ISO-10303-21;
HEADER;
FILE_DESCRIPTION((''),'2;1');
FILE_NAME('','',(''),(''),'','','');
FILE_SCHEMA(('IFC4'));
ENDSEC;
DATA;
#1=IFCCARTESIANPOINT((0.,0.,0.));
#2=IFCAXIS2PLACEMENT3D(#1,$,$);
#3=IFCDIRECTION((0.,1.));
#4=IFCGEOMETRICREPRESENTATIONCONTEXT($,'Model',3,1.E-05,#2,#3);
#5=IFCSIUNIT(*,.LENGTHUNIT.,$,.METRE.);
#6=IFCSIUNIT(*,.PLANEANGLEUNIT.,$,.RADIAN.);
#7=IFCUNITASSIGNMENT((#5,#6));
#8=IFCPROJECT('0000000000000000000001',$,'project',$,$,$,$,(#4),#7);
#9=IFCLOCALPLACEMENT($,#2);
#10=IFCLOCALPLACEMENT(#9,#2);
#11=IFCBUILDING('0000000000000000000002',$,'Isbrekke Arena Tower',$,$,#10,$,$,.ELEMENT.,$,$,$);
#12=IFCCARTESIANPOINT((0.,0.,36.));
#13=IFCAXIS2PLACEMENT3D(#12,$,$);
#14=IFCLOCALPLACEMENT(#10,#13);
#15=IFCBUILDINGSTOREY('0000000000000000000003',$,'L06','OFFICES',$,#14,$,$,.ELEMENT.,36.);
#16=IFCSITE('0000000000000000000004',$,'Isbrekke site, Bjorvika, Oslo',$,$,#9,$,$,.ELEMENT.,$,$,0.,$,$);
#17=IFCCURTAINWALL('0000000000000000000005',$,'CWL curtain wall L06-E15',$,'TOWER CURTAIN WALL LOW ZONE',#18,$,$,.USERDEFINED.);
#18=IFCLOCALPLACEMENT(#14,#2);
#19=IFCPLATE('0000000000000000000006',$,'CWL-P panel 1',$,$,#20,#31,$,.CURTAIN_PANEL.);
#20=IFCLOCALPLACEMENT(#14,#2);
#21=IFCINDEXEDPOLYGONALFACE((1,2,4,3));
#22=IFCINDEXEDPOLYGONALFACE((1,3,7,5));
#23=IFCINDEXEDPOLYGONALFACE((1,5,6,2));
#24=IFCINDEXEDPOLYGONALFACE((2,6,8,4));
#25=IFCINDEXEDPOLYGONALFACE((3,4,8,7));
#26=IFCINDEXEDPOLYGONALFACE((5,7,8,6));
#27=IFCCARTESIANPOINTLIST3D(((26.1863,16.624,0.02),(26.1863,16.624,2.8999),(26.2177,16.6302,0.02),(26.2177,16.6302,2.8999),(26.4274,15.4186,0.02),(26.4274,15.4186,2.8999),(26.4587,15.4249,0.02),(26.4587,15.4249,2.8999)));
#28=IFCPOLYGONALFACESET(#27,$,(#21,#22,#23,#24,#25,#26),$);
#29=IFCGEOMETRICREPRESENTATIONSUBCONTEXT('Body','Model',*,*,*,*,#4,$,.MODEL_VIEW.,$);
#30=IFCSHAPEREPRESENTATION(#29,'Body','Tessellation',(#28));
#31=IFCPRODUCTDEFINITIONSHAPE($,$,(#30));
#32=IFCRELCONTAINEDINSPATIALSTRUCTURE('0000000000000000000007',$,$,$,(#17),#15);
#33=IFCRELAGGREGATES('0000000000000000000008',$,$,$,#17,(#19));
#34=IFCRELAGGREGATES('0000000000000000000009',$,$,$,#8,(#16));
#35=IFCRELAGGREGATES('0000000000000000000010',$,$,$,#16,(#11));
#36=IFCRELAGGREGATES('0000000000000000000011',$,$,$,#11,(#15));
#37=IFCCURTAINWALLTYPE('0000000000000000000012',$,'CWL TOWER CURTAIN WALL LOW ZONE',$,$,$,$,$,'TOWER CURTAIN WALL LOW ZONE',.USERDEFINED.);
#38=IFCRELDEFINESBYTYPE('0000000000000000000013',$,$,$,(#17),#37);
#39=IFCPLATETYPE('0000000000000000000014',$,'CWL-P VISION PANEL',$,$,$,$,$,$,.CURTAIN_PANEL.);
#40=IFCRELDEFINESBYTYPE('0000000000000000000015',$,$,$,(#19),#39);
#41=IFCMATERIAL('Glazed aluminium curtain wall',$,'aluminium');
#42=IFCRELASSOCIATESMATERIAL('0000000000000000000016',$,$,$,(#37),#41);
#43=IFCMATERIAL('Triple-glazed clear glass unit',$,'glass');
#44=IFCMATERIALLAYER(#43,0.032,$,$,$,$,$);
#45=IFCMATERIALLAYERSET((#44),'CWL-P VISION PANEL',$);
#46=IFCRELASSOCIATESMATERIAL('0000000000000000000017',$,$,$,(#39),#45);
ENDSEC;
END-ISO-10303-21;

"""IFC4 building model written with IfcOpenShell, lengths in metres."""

from ifc_helpers import new_model, si_unit, direction, frame, origin, origin_2d, place, context, subcontext, project, spatial, rectangle, extrude, material, layer, layer_set, type_object, element, aggregate, save


model = new_model("IFC4")

# Units and contexts
model_context = context("Model", 3, precision=1e-05, world=origin(), true_north=direction((0.0, 1.0)))
body_context = subcontext(model_context, "Body", "Model", "MODEL_VIEW")
ifc_project = project(units=[si_unit("LENGTHUNIT", "METRE"), si_unit("PLANEANGLEUNIT", "RADIAN")], contexts=[model_context])

# Site, building, storey
site_placement = place(None, origin())
site = spatial("IfcSite", under=ifc_project, at=site_placement, Name="Isbrekke site, Bjorvika, Oslo", CompositionType="ELEMENT", RefElevation=0.0)
building_placement = place(site_placement, origin())
building = spatial("IfcBuilding", under=site, at=building_placement, Name="Isbrekke Arena Tower", CompositionType="ELEMENT")
storey_placement = place(building_placement, frame((0.0, 0.0, 36.0)))
storey = spatial("IfcBuildingStorey", under=building, at=storey_placement, Name="L06", Description="OFFICES", CompositionType="ELEMENT", Elevation=36.0)

# Shared definitions
ifc_material_1 = material(Name="Glazed aluminium curtain wall", Category="aluminium")
curtain_wall_type = type_object("IfcCurtainWallType", Name="CWL TOWER CURTAIN WALL LOW ZONE", ElementType="TOWER CURTAIN WALL LOW ZONE", PredefinedType="USERDEFINED", material=ifc_material_1)

# Curtain wall
curtain_wall_1_placement = place(storey_placement, origin())
curtain_wall_1 = element("IfcCurtainWall", 1, at=curtain_wall_1_placement, inside=storey, type_object=curtain_wall_type, Name="CWL curtain wall L06-E15", ObjectType="TOWER CURTAIN WALL LOW ZONE", PredefinedType="USERDEFINED")

# Plate
ifc_material_2 = material(Name="Triple-glazed clear glass unit", Category="glass")
ifc_layer = layer(ifc_material_2, 0.032)
ifc_layer_set = layer_set([ifc_layer], Name="CWL-P VISION PANEL")
plate_type = type_object("IfcPlateType", Name="CWL-P VISION PANEL", PredefinedType="CURTAIN_PANEL", material=ifc_layer_set)
plate_1_placement = place(storey_placement, frame((26.3225, 16.0244, 0.02), z_axis=(0.0, 0.0, 1.0), x_axis=(-0.196116, 0.980581, 0.0)))
plate_1 = element("IfcPlate", 2, at=plate_1_placement, type_object=plate_type, Name="CWL-P panel 1", PredefinedType="CURTAIN_PANEL", context=body_context, shape_type="SweptSolid", body=[
    extrude(rectangle(XDim=1.2292, YDim=0.032, at=origin_2d()), origin(), (0.0, 0.0, 1.0), 2.8799),
])
aggregate(curtain_wall_1, [plate_1])

save(model, "model.ifc")
